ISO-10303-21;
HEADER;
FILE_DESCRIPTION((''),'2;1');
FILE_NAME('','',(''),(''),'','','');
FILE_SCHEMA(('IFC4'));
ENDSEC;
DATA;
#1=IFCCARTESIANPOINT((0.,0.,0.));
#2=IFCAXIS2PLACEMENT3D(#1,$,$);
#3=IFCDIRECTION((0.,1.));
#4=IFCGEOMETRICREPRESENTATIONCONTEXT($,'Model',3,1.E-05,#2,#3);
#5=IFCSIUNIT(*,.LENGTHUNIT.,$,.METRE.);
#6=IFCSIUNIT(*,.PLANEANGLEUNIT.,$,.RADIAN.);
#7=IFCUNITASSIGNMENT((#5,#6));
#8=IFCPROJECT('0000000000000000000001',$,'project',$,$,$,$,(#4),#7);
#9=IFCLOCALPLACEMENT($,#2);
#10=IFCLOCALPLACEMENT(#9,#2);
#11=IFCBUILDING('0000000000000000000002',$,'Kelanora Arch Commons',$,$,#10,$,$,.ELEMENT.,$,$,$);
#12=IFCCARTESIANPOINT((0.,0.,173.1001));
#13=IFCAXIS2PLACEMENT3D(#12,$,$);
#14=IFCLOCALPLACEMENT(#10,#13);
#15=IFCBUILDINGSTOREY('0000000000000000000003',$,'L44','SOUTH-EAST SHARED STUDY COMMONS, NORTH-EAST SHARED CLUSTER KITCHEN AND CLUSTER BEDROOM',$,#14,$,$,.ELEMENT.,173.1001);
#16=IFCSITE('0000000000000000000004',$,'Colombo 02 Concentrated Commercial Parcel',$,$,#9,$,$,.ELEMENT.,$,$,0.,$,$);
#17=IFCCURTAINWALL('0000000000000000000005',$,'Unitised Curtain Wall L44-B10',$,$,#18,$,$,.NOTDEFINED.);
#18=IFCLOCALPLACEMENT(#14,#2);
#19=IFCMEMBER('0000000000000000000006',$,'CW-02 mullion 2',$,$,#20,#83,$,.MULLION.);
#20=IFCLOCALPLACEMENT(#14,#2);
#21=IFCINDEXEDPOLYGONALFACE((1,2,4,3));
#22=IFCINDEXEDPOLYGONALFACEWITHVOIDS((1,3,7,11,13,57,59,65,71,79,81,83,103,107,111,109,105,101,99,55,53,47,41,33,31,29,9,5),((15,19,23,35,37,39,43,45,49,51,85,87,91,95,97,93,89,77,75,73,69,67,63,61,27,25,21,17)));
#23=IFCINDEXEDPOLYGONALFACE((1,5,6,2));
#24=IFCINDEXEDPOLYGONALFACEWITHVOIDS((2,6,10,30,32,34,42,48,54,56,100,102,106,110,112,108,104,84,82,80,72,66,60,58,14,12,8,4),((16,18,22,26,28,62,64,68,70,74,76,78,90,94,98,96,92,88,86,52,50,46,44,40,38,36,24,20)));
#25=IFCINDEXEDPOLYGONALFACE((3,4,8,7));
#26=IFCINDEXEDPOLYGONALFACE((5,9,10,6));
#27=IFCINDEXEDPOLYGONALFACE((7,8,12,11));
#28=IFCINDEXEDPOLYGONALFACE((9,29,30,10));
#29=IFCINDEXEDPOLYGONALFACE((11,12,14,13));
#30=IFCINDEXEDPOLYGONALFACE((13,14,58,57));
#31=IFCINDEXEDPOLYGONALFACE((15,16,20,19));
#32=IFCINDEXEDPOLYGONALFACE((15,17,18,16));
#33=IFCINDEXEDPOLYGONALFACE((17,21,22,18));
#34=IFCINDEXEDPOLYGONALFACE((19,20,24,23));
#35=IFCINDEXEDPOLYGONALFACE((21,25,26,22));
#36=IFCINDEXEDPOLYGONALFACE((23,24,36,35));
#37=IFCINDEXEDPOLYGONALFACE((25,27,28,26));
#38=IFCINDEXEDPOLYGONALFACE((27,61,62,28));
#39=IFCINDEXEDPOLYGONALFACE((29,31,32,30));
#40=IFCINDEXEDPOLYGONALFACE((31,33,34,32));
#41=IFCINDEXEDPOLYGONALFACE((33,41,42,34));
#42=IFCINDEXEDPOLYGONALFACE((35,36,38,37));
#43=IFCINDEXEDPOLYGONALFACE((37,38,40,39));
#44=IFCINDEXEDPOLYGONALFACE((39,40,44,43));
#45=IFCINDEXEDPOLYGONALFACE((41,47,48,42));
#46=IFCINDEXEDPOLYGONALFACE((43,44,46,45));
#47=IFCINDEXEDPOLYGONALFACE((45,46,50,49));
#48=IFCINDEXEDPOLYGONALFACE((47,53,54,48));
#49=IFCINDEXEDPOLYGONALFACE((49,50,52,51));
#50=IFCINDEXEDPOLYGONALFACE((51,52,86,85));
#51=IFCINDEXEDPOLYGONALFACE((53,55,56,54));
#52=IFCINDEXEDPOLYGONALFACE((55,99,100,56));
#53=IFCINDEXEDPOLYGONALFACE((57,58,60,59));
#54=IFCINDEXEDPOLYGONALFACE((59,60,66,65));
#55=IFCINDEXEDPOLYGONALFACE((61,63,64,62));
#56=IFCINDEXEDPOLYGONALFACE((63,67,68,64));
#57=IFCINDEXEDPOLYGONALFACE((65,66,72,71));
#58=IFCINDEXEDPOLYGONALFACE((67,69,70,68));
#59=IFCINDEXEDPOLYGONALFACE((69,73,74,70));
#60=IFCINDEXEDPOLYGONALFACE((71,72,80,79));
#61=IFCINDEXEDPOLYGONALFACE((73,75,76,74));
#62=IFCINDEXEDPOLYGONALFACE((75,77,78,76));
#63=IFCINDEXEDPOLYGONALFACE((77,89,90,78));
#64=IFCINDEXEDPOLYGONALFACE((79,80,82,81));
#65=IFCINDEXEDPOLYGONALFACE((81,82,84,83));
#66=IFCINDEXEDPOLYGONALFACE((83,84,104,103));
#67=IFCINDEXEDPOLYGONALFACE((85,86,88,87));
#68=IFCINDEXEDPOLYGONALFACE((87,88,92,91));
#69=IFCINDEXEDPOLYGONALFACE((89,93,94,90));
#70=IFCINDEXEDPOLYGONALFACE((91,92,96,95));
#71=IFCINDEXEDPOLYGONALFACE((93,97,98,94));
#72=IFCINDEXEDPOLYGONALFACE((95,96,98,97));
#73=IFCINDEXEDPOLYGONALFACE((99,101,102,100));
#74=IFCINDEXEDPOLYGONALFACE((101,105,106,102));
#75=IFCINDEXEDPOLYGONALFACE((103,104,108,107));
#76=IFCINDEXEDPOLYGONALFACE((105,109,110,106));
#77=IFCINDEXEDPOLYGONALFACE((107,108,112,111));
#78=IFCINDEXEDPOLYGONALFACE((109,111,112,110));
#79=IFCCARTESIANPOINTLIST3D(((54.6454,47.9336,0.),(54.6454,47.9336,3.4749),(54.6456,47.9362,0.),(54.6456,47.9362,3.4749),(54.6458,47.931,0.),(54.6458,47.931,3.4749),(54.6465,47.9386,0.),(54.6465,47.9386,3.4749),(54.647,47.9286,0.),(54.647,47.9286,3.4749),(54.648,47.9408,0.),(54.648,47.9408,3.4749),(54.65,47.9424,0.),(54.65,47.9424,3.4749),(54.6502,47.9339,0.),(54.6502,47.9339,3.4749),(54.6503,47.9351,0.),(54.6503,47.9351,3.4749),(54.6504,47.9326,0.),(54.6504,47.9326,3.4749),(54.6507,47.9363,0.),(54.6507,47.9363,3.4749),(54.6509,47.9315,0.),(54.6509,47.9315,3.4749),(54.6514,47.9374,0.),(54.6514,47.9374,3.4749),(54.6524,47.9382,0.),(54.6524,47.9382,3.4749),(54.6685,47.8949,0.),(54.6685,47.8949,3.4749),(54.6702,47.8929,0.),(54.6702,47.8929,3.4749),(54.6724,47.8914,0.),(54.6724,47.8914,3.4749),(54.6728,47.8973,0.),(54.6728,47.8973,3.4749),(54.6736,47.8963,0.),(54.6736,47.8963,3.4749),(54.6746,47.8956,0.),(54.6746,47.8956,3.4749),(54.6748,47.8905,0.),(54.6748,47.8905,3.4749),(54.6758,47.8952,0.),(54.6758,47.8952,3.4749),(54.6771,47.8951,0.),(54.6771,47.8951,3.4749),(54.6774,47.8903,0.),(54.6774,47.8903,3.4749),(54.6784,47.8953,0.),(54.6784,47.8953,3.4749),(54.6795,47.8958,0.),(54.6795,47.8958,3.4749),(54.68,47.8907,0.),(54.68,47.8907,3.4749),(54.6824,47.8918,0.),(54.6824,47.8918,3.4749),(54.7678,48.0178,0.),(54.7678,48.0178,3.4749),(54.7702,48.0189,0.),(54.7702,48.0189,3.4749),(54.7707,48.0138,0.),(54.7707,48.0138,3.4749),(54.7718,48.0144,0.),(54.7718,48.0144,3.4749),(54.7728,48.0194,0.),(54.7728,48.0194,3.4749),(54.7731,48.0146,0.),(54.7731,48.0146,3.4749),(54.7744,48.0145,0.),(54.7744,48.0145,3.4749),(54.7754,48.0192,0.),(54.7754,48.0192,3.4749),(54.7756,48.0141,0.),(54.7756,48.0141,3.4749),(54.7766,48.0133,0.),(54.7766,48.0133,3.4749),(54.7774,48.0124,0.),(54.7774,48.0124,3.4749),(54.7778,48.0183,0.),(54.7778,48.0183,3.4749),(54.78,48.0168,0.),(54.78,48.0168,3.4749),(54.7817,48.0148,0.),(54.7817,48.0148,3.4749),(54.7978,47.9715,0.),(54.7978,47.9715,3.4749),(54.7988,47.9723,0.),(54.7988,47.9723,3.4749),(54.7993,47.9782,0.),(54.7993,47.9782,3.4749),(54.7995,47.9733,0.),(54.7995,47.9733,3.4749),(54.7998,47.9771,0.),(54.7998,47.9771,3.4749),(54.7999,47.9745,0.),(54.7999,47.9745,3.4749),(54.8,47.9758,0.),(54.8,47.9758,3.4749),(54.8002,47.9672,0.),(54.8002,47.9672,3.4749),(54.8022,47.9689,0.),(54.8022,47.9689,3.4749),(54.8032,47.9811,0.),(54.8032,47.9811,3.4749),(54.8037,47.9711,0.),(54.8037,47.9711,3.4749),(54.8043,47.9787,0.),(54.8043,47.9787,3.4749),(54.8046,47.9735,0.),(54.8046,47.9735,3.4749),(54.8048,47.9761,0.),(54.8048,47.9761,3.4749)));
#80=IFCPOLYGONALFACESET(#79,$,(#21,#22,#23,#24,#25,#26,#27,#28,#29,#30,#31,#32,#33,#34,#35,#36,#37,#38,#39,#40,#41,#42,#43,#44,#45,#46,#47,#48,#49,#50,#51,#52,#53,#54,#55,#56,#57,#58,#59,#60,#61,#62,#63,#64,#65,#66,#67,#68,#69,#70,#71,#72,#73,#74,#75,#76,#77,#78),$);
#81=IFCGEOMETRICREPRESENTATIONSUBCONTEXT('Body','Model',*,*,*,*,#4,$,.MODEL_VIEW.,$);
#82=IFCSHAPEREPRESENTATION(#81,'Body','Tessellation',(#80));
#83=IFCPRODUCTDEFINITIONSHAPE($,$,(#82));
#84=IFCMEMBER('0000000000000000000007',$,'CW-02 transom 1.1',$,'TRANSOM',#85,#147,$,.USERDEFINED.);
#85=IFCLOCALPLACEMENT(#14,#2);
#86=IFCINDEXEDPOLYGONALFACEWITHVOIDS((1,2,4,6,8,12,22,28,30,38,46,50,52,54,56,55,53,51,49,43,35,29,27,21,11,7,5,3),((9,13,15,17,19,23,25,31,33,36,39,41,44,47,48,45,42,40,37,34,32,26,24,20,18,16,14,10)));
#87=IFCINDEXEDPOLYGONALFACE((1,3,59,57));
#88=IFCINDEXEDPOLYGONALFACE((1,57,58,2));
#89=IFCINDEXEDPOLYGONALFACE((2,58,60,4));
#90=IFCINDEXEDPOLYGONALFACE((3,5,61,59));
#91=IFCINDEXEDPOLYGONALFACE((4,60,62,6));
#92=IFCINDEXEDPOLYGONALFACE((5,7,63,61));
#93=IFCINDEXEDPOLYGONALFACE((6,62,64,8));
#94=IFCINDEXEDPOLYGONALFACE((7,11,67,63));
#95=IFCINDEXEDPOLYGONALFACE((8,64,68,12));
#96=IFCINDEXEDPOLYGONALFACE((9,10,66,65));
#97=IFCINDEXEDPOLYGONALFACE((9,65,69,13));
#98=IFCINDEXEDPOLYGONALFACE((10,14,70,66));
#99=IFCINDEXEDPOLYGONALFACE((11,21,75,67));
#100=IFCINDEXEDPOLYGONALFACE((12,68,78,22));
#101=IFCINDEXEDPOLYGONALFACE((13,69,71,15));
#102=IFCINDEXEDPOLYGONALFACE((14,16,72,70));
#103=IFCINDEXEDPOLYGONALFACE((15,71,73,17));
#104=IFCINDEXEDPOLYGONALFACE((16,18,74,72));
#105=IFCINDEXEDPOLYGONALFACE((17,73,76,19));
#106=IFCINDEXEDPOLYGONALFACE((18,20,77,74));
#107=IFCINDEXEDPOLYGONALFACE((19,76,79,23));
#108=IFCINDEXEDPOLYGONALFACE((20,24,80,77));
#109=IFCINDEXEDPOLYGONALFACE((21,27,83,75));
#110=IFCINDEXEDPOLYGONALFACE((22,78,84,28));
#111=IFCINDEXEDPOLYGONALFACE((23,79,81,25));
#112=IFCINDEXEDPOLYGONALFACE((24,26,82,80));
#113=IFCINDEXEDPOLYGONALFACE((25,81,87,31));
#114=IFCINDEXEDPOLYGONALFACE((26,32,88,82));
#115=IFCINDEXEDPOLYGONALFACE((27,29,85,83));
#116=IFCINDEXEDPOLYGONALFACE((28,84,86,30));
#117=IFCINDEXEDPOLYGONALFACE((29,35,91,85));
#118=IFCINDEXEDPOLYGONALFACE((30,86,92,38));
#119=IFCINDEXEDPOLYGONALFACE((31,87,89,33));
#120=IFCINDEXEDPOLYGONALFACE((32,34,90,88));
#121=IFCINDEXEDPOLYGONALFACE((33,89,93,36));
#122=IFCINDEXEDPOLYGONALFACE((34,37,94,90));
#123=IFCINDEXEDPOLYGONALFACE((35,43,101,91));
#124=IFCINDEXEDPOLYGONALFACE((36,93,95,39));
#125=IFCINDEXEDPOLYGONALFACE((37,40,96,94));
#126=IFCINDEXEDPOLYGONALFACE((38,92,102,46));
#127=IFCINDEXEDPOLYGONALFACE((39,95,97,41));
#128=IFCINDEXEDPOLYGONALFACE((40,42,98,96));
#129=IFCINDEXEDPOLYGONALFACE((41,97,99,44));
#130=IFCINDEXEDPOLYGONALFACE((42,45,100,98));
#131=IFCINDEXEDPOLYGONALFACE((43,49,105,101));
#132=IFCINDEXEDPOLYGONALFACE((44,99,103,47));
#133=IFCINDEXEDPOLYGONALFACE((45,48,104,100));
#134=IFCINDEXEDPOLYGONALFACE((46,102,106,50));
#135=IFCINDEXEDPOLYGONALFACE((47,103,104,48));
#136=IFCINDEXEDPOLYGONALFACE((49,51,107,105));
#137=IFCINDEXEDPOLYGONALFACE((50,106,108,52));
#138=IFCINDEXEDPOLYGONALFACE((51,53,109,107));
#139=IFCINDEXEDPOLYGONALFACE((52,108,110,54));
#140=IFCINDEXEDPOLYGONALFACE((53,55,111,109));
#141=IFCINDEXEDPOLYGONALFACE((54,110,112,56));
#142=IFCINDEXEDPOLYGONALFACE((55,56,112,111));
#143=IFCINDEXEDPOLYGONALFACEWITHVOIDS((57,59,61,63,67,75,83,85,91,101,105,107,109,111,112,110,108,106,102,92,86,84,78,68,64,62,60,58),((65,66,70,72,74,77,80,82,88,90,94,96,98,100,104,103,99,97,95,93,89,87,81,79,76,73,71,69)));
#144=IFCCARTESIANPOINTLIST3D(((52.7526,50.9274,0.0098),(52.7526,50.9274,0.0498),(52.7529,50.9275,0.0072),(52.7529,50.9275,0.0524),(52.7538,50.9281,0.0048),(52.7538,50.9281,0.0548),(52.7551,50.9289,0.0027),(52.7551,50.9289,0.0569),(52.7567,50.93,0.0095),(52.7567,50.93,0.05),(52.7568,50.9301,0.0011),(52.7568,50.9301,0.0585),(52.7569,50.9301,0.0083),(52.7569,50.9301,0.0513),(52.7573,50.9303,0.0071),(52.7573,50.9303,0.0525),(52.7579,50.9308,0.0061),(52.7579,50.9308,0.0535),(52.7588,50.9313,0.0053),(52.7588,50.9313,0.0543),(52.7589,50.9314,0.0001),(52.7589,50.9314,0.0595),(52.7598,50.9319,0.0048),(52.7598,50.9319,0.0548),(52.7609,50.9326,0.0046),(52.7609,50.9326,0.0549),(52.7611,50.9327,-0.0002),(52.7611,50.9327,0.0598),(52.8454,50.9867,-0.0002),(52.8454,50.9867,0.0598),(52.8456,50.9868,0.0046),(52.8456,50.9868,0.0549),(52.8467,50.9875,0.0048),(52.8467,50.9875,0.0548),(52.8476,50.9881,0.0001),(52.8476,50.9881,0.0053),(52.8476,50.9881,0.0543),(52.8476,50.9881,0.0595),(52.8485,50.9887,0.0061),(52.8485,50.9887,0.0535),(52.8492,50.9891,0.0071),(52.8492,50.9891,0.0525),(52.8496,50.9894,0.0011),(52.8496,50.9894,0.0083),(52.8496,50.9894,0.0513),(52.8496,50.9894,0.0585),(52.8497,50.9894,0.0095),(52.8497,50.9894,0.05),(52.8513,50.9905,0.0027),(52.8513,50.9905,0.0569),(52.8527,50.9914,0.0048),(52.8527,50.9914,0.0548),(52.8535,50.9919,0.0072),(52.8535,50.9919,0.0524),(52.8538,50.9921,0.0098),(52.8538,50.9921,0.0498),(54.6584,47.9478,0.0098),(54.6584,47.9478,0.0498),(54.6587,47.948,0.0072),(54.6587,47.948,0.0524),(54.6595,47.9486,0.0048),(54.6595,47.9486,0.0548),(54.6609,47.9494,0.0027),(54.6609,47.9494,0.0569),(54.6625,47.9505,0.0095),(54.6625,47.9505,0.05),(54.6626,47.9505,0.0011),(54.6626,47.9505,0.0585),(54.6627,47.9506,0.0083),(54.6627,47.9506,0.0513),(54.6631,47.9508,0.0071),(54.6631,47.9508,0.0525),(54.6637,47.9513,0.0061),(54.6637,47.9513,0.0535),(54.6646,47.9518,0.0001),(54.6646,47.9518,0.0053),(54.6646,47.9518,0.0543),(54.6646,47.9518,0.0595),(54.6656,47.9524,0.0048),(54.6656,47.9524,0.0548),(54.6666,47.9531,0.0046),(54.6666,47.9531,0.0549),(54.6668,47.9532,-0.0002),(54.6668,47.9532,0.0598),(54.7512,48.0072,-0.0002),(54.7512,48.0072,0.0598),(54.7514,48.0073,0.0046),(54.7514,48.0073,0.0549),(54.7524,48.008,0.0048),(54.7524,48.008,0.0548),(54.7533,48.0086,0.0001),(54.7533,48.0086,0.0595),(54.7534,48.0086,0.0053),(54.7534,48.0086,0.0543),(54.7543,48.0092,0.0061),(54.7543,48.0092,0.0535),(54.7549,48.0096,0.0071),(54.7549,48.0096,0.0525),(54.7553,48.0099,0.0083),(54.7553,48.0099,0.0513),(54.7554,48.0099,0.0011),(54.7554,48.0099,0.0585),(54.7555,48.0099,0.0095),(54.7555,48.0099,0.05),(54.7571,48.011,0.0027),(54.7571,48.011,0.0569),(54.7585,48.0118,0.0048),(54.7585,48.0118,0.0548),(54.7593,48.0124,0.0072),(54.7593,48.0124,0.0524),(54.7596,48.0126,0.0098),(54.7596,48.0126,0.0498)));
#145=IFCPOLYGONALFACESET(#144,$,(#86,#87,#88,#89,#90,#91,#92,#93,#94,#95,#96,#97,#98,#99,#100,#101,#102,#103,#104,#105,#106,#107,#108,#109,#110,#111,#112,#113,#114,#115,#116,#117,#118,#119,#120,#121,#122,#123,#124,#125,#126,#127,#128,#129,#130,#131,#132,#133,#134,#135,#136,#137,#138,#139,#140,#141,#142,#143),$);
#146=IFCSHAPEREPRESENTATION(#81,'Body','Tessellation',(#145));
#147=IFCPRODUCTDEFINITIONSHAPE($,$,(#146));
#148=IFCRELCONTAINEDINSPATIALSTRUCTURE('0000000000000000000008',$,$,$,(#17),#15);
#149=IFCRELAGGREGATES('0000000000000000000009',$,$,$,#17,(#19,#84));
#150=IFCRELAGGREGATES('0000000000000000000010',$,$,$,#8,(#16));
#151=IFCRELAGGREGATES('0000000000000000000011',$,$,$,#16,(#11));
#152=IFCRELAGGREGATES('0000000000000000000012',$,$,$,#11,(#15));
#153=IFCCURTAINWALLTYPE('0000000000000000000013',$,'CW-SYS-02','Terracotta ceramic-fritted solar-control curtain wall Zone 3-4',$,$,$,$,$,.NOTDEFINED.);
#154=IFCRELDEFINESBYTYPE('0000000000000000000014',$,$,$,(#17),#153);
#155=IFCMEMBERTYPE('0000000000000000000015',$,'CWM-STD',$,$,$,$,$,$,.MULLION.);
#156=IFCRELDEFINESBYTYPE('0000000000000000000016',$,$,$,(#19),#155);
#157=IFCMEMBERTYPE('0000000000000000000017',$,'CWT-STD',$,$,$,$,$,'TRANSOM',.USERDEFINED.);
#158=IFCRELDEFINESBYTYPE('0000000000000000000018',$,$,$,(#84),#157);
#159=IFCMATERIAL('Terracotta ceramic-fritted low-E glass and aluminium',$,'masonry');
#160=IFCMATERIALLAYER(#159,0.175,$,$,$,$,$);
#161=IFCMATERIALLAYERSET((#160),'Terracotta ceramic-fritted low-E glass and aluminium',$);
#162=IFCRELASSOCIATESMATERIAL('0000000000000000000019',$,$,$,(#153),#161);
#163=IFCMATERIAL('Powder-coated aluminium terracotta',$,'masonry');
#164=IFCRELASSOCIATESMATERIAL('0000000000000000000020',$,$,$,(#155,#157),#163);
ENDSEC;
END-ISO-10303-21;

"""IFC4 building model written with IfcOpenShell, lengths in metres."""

from ifc_helpers import new_model, si_unit, direction, frame, origin, origin_2d, place, context, subcontext, project, spatial, hollow_rectangle, extrude, material, layer, layer_set, material_profile, profile_set, type_object, element, aggregate, save


model = new_model("IFC4")

# Units and contexts
model_context = context("Model", 3, precision=1e-05, world=origin(), true_north=direction((0.0, 1.0)))
body_context = subcontext(model_context, "Body", "Model", "MODEL_VIEW")
ifc_project = project(units=[si_unit("LENGTHUNIT", "METRE"), si_unit("PLANEANGLEUNIT", "RADIAN")], contexts=[model_context])

# Site, building, storey
site_placement = place(None, origin())
site = spatial("IfcSite", under=ifc_project, at=site_placement, Name="Colombo 02 Concentrated Commercial Parcel", CompositionType="ELEMENT", RefElevation=0.0)
building_placement = place(site_placement, origin())
building = spatial("IfcBuilding", under=site, at=building_placement, Name="Kelanora Arch Commons", CompositionType="ELEMENT")
storey_placement = place(building_placement, frame((0.0, 0.0, 173.1001)))
storey = spatial("IfcBuildingStorey", under=building, at=storey_placement, Name="L44", Description="SOUTH-EAST SHARED STUDY COMMONS, NORTH-EAST SHARED CLUSTER KITCHEN AND CLUSTER BEDROOM", CompositionType="ELEMENT", Elevation=173.1001)

# Shared definitions
ifc_material_1 = material(Name="Terracotta ceramic-fritted low-E glass and aluminium", Category="masonry")
ifc_layer_1 = layer(ifc_material_1, 0.175)
ifc_layer_set_1 = layer_set([ifc_layer_1], Name="Terracotta ceramic-fritted low-E glass and aluminium")
curtain_wall_type = type_object("IfcCurtainWallType", Name="CW-SYS-02", Description="Terracotta ceramic-fritted solar-control curtain wall Zone 3-4", PredefinedType="NOTDEFINED", material=ifc_layer_set_1)
ifc_material_2 = material(Name="Powder-coated aluminium terracotta", Category="masonry")
ifc_material_profile_1 = material_profile(ifc_material_2, hollow_rectangle(XDim=0.1599, YDim=0.0601, WallThickness=0.0049, InnerFilletRadius=0.0049, OuterFilletRadius=0.01, at=origin_2d()), Name="CWM160x60")
ifc_profile_set_1 = profile_set([ifc_material_profile_1], Name="Powder-coated aluminium terracotta")
member_type_1 = type_object("IfcMemberType", Name="CWM-STD", PredefinedType="MULLION", material=ifc_profile_set_1)

# Curtain wall, members
curtain_wall_1_placement = place(storey_placement, origin())
curtain_wall_1 = element("IfcCurtainWall", 1, at=curtain_wall_1_placement, inside=storey, type_object=curtain_wall_type, Name="Unitised Curtain Wall L44-B10", PredefinedType="NOTDEFINED")
member_1_placement = place(storey_placement, frame((54.7251, 47.9548, 0.0), z_axis=(0.0, 0.0, 1.0), x_axis=(0.842423, 0.538817, 0.0)))
member_1 = element("IfcMember", 2, at=member_1_placement, type_object=member_type_1, Name="CW-02 mullion 2", PredefinedType="MULLION", context=body_context, shape_type="SweptSolid", body=[
    extrude(hollow_rectangle(XDim=0.1599, YDim=0.0601, WallThickness=0.0049, InnerFilletRadius=0.0049, OuterFilletRadius=0.01, at=origin_2d()), origin(), (0.0, 0.0, 1.0), 3.4749),
])
ifc_material_profile_2 = material_profile(ifc_material_2, hollow_rectangle(XDim=0.1201, YDim=0.0601, WallThickness=0.0049, InnerFilletRadius=0.0049, OuterFilletRadius=0.01, at=origin_2d()), Name="CWT120x60")
ifc_profile_set_2 = profile_set([ifc_material_profile_2], Name="Powder-coated aluminium terracotta")
member_type_2 = type_object("IfcMemberType", Name="CWT-STD", ElementType="TRANSOM", PredefinedType="USERDEFINED", material=ifc_profile_set_2)
member_2_placement = place(storey_placement, frame((52.8032, 50.9597, 0.0298), z_axis=(0.53883, -0.842414, 0.0), x_axis=(0.842414, 0.53883, 0.0)))
member_2 = element("IfcMember", 3, at=member_2_placement, type_object=member_type_2, Name="CW-02 transom 1.1", ObjectType="TRANSOM", PredefinedType="USERDEFINED", context=body_context, shape_type="SweptSolid", body=[
    extrude(hollow_rectangle(XDim=0.1201, YDim=0.0601, WallThickness=0.0049, InnerFilletRadius=0.0049, OuterFilletRadius=0.01, at=origin_2d()), origin(), (0.0, 0.0, 1.0), 3.5369),
])

aggregate(curtain_wall_1, [member_1, member_2])

save(model, "model.ifc")
